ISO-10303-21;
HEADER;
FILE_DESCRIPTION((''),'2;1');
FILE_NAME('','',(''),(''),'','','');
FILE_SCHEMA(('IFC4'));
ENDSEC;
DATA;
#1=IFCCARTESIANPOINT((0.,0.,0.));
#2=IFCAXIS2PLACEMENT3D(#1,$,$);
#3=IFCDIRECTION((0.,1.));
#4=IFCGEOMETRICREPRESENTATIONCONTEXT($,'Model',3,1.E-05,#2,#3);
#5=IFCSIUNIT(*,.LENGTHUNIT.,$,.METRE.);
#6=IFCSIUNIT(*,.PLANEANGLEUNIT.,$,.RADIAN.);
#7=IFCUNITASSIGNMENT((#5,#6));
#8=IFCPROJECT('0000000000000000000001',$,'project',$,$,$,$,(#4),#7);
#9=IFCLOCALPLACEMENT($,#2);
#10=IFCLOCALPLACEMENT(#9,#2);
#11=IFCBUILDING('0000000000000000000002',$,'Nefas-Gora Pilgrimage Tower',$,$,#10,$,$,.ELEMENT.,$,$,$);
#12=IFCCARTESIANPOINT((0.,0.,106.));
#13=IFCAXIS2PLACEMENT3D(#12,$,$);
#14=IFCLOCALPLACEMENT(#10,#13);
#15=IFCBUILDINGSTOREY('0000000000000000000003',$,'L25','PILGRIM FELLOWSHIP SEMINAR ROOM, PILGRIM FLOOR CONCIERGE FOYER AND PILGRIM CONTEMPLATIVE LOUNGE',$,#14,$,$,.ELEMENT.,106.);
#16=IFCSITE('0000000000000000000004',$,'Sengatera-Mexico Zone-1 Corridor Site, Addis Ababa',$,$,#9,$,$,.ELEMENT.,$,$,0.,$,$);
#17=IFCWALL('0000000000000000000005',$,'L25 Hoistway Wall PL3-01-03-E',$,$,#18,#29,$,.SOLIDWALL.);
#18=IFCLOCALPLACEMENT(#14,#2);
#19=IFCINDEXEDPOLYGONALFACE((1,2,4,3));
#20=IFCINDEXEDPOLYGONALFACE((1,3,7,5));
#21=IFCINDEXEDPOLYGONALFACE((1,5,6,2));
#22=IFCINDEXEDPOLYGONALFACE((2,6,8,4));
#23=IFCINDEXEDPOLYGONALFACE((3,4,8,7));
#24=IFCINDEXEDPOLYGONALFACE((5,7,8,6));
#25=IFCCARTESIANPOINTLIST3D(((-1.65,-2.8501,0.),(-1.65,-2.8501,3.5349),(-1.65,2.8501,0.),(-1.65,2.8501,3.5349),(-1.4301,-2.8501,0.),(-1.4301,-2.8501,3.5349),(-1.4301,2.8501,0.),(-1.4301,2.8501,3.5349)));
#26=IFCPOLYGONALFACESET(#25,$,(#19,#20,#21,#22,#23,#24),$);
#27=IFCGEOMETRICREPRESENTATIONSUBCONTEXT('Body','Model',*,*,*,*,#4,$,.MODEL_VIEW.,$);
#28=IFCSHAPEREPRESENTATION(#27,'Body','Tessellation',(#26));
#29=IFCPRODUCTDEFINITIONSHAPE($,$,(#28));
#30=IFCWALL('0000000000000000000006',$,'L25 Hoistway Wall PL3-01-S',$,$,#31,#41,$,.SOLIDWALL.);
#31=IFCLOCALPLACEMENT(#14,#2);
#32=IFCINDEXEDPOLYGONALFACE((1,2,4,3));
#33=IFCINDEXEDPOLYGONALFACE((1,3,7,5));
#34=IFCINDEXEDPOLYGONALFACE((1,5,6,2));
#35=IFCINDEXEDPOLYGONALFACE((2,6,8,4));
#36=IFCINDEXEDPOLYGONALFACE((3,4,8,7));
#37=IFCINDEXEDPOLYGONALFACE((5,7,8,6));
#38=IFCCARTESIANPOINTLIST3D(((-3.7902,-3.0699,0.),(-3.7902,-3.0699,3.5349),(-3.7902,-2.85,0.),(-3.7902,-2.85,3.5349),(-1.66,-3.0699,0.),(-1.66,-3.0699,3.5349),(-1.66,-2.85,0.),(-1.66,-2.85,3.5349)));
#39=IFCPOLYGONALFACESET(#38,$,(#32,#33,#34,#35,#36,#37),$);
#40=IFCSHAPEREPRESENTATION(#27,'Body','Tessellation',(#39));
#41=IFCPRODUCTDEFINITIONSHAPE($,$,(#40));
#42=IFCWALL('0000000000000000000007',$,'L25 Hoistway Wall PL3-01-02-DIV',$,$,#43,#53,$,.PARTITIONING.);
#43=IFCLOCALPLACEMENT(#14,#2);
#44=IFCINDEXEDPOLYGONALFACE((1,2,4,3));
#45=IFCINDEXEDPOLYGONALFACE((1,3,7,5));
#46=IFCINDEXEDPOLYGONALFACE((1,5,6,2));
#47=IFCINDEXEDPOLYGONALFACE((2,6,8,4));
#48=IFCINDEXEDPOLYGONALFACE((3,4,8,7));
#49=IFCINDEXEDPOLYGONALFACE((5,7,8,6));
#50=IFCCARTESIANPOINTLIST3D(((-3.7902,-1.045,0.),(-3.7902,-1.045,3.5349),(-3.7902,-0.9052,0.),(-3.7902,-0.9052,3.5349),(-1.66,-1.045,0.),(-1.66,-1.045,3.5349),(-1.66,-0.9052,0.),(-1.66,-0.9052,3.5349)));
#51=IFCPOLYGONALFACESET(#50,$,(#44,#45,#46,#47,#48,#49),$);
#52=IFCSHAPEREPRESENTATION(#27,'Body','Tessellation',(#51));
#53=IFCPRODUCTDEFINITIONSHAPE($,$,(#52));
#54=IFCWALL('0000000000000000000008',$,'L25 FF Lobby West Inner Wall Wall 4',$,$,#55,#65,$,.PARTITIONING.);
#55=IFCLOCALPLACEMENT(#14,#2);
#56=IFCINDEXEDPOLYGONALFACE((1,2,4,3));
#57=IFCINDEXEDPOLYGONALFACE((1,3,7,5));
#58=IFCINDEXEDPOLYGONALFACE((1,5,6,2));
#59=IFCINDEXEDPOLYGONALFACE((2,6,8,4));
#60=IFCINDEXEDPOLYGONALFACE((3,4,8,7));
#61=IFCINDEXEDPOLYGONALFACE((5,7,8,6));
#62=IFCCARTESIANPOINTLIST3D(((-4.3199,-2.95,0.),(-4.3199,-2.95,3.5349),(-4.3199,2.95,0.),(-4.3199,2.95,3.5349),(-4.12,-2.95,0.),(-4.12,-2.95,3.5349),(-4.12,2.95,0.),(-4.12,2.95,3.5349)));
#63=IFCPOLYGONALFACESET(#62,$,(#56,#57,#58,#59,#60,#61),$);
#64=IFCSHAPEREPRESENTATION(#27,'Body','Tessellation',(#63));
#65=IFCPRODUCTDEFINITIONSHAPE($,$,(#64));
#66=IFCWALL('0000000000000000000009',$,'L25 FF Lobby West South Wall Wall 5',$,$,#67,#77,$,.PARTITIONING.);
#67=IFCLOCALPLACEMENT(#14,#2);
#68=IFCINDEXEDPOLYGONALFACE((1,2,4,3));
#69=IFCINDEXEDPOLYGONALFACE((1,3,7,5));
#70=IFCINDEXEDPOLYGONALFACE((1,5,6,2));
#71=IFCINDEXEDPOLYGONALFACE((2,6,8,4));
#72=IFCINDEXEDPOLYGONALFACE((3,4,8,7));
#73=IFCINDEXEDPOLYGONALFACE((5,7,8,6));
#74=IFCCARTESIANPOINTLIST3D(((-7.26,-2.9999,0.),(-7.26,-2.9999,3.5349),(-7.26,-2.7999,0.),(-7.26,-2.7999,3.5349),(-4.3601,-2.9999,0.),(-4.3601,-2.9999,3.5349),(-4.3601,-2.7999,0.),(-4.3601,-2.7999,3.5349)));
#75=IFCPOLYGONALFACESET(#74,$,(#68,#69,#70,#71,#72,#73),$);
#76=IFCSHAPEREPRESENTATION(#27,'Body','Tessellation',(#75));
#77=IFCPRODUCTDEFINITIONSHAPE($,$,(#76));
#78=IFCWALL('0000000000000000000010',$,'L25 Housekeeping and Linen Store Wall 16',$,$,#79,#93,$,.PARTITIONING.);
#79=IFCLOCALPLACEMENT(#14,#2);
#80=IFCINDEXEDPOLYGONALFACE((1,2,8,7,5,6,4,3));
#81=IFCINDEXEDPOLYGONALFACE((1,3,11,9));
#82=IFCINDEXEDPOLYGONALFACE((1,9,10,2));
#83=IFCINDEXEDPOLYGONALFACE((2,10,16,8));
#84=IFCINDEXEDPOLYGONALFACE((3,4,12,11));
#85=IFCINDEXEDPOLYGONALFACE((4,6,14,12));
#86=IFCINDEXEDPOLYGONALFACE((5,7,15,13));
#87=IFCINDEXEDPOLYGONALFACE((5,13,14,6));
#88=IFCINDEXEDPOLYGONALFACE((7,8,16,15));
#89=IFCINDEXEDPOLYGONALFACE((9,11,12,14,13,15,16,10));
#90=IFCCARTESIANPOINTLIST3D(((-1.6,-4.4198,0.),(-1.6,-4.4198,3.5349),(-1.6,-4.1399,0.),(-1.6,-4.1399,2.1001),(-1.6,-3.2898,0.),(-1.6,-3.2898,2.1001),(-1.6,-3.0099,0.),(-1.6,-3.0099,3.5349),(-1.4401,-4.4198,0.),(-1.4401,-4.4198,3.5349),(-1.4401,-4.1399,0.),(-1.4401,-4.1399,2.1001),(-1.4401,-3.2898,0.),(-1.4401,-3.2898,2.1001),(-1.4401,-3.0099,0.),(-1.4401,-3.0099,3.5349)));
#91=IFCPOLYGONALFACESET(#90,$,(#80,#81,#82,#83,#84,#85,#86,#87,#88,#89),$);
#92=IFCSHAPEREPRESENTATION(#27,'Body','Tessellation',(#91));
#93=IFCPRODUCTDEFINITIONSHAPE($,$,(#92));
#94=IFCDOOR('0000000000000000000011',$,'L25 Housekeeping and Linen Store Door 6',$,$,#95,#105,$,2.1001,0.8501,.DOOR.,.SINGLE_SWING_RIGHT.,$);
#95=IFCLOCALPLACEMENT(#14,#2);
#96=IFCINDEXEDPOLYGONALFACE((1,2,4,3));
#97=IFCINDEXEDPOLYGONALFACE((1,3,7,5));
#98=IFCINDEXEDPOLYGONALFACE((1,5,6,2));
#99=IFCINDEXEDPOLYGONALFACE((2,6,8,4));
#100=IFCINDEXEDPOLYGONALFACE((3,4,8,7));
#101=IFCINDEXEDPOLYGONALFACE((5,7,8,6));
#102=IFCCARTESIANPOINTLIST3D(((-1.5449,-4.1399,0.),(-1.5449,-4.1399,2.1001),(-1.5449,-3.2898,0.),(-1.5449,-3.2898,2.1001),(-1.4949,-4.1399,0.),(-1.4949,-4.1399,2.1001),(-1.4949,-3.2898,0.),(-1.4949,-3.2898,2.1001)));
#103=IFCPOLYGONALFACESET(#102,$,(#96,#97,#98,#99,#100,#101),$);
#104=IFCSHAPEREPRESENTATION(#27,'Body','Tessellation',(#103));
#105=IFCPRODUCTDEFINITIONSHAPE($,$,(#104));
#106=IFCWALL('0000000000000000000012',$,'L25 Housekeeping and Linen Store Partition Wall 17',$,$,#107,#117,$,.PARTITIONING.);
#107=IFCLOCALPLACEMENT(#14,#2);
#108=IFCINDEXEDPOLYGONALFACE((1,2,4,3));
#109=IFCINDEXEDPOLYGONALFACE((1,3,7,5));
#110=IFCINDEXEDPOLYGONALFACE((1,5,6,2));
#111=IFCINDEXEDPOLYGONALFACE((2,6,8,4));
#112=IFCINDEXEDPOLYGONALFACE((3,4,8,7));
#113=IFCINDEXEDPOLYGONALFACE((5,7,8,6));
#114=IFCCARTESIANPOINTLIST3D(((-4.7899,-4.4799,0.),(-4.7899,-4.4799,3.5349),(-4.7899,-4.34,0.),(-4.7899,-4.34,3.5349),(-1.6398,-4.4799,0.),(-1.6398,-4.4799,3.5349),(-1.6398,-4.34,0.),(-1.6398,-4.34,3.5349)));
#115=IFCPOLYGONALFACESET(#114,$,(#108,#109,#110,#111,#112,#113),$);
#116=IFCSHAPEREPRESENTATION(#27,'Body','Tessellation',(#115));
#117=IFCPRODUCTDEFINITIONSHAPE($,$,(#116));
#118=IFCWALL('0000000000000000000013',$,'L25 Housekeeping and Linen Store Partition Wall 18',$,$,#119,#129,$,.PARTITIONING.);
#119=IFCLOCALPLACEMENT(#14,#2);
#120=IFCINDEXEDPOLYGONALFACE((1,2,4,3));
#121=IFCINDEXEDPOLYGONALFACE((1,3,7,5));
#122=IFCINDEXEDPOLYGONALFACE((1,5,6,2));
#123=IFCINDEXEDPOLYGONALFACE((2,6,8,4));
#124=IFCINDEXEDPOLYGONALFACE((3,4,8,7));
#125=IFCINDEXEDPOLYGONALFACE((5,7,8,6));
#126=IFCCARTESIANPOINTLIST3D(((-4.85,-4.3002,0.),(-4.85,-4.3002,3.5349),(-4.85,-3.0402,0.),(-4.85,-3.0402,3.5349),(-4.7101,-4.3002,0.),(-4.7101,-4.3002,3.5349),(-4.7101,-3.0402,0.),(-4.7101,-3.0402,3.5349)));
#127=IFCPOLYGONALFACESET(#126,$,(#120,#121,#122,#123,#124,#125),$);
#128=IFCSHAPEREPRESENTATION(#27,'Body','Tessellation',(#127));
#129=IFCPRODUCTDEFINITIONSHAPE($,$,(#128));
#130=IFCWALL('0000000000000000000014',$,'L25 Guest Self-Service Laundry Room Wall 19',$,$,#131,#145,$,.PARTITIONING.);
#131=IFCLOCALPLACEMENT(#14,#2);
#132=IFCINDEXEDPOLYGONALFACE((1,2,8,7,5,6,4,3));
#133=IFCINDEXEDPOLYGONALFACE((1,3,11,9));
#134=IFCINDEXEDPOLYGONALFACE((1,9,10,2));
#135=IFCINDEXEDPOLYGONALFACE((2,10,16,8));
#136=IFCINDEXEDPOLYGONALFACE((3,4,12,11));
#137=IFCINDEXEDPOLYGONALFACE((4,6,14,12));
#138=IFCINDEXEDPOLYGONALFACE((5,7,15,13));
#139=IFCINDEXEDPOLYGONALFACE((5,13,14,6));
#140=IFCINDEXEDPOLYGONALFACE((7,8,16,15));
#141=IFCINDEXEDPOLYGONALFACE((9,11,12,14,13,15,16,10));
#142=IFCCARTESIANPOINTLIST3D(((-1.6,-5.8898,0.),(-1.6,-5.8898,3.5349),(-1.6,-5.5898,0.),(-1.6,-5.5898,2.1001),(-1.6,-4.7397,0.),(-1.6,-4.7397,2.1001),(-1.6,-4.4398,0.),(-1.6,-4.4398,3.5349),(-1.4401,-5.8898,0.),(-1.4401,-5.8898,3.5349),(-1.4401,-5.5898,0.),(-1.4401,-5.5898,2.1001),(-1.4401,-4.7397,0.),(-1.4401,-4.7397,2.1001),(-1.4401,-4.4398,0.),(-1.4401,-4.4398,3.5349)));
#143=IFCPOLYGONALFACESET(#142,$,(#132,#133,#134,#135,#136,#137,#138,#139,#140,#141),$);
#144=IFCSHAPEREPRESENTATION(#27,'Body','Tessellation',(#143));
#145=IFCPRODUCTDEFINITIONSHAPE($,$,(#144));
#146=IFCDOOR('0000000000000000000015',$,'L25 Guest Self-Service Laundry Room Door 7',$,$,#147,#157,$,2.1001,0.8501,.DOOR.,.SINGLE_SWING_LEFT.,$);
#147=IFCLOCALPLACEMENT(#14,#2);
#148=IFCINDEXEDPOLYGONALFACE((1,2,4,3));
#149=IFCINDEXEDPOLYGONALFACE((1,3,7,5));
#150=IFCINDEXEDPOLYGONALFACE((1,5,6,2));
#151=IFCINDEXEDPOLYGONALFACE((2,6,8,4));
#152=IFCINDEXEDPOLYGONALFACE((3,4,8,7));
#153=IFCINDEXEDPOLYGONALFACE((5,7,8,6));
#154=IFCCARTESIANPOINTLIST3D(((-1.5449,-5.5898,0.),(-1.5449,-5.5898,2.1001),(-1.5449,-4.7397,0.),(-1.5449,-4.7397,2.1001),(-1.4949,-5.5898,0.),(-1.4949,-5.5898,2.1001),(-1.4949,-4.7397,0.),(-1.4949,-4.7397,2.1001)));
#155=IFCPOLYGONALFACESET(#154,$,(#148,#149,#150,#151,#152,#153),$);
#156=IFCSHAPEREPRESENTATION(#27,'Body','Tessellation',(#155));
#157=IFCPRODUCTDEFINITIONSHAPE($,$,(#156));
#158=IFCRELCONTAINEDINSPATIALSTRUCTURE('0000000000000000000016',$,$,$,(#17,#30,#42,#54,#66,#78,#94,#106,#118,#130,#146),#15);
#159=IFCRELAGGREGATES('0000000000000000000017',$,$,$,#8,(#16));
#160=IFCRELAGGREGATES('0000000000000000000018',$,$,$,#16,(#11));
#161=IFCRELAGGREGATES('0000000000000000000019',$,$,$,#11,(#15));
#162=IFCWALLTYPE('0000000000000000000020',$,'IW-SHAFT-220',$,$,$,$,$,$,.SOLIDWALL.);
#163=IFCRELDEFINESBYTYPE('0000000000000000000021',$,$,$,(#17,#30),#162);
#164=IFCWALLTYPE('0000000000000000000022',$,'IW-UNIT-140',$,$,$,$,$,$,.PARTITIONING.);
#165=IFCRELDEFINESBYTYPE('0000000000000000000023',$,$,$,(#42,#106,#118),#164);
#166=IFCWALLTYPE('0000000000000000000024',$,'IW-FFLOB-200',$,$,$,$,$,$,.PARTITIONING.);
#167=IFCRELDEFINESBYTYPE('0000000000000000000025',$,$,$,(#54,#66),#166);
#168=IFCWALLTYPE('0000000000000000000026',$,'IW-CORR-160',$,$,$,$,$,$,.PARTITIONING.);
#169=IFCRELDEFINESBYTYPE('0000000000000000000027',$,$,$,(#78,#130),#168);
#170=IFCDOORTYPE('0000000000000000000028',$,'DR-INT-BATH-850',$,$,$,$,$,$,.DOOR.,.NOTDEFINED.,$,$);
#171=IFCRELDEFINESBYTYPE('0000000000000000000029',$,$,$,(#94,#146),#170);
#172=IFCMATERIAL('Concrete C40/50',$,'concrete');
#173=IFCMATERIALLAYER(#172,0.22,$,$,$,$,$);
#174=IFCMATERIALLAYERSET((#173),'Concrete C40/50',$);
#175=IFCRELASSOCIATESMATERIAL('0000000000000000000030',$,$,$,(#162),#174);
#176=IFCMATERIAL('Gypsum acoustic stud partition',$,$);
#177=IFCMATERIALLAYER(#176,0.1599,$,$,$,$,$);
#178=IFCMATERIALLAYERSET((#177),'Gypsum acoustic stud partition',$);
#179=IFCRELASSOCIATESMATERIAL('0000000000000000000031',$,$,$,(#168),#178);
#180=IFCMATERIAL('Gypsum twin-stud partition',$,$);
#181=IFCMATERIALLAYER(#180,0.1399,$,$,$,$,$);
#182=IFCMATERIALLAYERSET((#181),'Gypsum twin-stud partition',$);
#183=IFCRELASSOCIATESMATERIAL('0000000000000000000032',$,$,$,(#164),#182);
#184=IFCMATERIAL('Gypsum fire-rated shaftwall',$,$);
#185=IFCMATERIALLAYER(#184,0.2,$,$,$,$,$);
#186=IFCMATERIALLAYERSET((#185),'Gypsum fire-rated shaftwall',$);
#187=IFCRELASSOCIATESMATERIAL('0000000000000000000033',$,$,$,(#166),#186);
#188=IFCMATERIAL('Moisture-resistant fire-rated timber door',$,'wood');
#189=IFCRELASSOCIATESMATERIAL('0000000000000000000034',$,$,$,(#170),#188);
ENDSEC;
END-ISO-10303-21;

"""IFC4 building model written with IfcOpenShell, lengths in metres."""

from ifc_helpers import new_model, si_unit, direction, frame, frame_2d, origin, place, context, subcontext, project, spatial, rectangle, extrude, source, transform, mapped, material, layer, layer_set, type_object, element, fill, save


model = new_model("IFC4")

# Units and contexts
model_context = context("Model", 3, precision=1e-05, world=origin(), true_north=direction((0.0, 1.0)))
body_context = subcontext(model_context, "Body", "Model", "MODEL_VIEW")
ifc_project = project(units=[si_unit("LENGTHUNIT", "METRE"), si_unit("PLANEANGLEUNIT", "RADIAN")], contexts=[model_context])

# Site, building, storey
site_placement = place(None, origin())
site = spatial("IfcSite", under=ifc_project, at=site_placement, Name="Sengatera-Mexico Zone-1 Corridor Site, Addis Ababa", CompositionType="ELEMENT", RefElevation=0.0)
building_placement = place(site_placement, origin())
building = spatial("IfcBuilding", under=site, at=building_placement, Name="Nefas-Gora Pilgrimage Tower", CompositionType="ELEMENT")
storey_placement = place(building_placement, frame((0.0, 0.0, 106.0)))
storey = spatial("IfcBuildingStorey", under=building, at=storey_placement, Name="L25", Description="PILGRIM FELLOWSHIP SEMINAR ROOM, PILGRIM FLOOR CONCIERGE FOYER AND PILGRIM CONTEMPLATIVE LOUNGE", CompositionType="ELEMENT", Elevation=106.0)

# Walls
ifc_material_1 = material(Name="Concrete C40/50", Category="concrete")
ifc_layer_1 = layer(ifc_material_1, 0.22)
ifc_layer_set_1 = layer_set([ifc_layer_1], Name="Concrete C40/50")
wall_type_1 = type_object("IfcWallType", Name="IW-SHAFT-220", PredefinedType="SOLIDWALL", material=ifc_layer_set_1)
ifc_material_2 = material(Name="Gypsum acoustic stud partition")
ifc_layer_2 = layer(ifc_material_2, 0.1599)
ifc_layer_set_2 = layer_set([ifc_layer_2], Name="Gypsum acoustic stud partition")
wall_type_2 = type_object("IfcWallType", Name="IW-CORR-160", PredefinedType="PARTITIONING", material=ifc_layer_set_2)
ifc_material_3 = material(Name="Gypsum twin-stud partition")
ifc_layer_3 = layer(ifc_material_3, 0.1399)
ifc_layer_set_3 = layer_set([ifc_layer_3], Name="Gypsum twin-stud partition")
wall_type_3 = type_object("IfcWallType", Name="IW-UNIT-140", PredefinedType="PARTITIONING", material=ifc_layer_set_3)
shared_shape_1 = source(origin(), body_context, "Body", "SweptSolid", [
    extrude(rectangle(XDim=5.7002, YDim=0.22, at=frame_2d((2.8501, 0.0))), origin(), (0.0, 0.0, 1.0), 3.5349),
])
wall_1_placement = place(storey_placement, frame((-1.54, -2.8501, 0.0), z_axis=(0.0, 0.0, 1.0), x_axis=(0.0, 1.0, 0.0)))
element("IfcWall", 1, at=wall_1_placement, inside=storey, type_object=wall_type_1, Name="L25 Hoistway Wall PL3-01-03-E", PredefinedType="SOLIDWALL", context=body_context, shape_type="MappedRepresentation", body=[
    mapped(shared_shape_1, transform((0.0, 0.0, 0.0), x_axis=(1.0, 0.0, 0.0), y_axis=(0.0, 1.0, 0.0), z_axis=(0.0, 0.0, 1.0), scale=1.0)),
])
shared_shape_2 = source(origin(), body_context, "Body", "SweptSolid", [
    extrude(rectangle(XDim=2.1301, YDim=0.22, at=frame_2d((1.0649, 0.0))), origin(), (0.0, 0.0, 1.0), 3.5349),
])
wall_2_placement = place(storey_placement, frame((-3.79, -2.96, 0.0), z_axis=(0.0, 0.0, 1.0), x_axis=(1.0, 0.0, 0.0)))
element("IfcWall", 2, at=wall_2_placement, inside=storey, type_object=wall_type_1, Name="L25 Hoistway Wall PL3-01-S", PredefinedType="SOLIDWALL", context=body_context, shape_type="MappedRepresentation", body=[
    mapped(shared_shape_2, transform((0.0, 0.0, 0.0), x_axis=(1.0, 0.0, 0.0), y_axis=(0.0, 1.0, 0.0), z_axis=(0.0, 0.0, 1.0), scale=1.0)),
])
shared_shape_3 = source(origin(), body_context, "Body", "SweptSolid", [
    extrude(rectangle(XDim=2.1301, YDim=0.1399, at=frame_2d((1.0649, 0.0))), origin(), (0.0, 0.0, 1.0), 3.5349),
])
wall_3_placement = place(storey_placement, frame((-3.79, -0.9751, 0.0), z_axis=(0.0, 0.0, 1.0), x_axis=(1.0, 0.0, 0.0)))
element("IfcWall", 3, at=wall_3_placement, inside=storey, type_object=wall_type_3, Name="L25 Hoistway Wall PL3-01-02-DIV", PredefinedType="PARTITIONING", context=body_context, shape_type="MappedRepresentation", body=[
    mapped(shared_shape_3, transform((0.0, 0.0, 0.0), x_axis=(1.0, 0.0, 0.0), y_axis=(0.0, 1.0, 0.0), z_axis=(0.0, 0.0, 1.0), scale=1.0)),
])
ifc_material_4 = material(Name="Gypsum fire-rated shaftwall")
ifc_layer_4 = layer(ifc_material_4, 0.2)
ifc_layer_set_4 = layer_set([ifc_layer_4], Name="Gypsum fire-rated shaftwall")
wall_type_4 = type_object("IfcWallType", Name="IW-FFLOB-200", PredefinedType="PARTITIONING", material=ifc_layer_set_4)
shared_shape_4 = source(origin(), body_context, "Body", "SweptSolid", [
    extrude(rectangle(XDim=5.8999, YDim=0.2, at=frame_2d((2.95, 0.0))), origin(), (0.0, 0.0, 1.0), 3.5349),
])
wall_4_placement = place(storey_placement, frame((-4.22, -2.95, 0.0), z_axis=(0.0, 0.0, 1.0), x_axis=(0.0, 1.0, 0.0)))
element("IfcWall", 4, at=wall_4_placement, inside=storey, type_object=wall_type_4, Name="L25 FF Lobby West Inner Wall Wall 4", PredefinedType="PARTITIONING", context=body_context, shape_type="MappedRepresentation", body=[
    mapped(shared_shape_4, transform((0.0, 0.0, 0.0), x_axis=(1.0, 0.0, 0.0), y_axis=(0.0, 1.0, 0.0), z_axis=(0.0, 0.0, 1.0), scale=1.0)),
])
shared_shape_5 = source(origin(), body_context, "Body", "SweptSolid", [
    extrude(rectangle(XDim=2.8999, YDim=0.2, at=frame_2d((1.45, 0.0))), origin(), (0.0, 0.0, 1.0), 3.5349),
])
wall_5_placement = place(storey_placement, frame((-7.26, -2.8999, 0.0), z_axis=(0.0, 0.0, 1.0), x_axis=(1.0, 0.0, 0.0)))
element("IfcWall", 5, at=wall_5_placement, inside=storey, type_object=wall_type_4, Name="L25 FF Lobby West South Wall Wall 5", PredefinedType="PARTITIONING", context=body_context, shape_type="MappedRepresentation", body=[
    mapped(shared_shape_5, transform((0.0, 0.0, 0.0), x_axis=(1.0, 0.0, 0.0), y_axis=(0.0, 1.0, 0.0), z_axis=(0.0, 0.0, 1.0), scale=1.0)),
])

# Wall, opening, door
shared_shape_6 = source(origin(), body_context, "Body", "SweptSolid", [
    extrude(rectangle(XDim=1.4099, YDim=0.1599, at=frame_2d((0.7051, 0.0))), origin(), (0.0, 0.0, 1.0), 3.5349),
])
wall_6_placement = place(storey_placement, frame((-1.52, -4.4199, 0.0), z_axis=(0.0, 0.0, 1.0), x_axis=(0.0, 1.0, 0.0)))
wall_6 = element("IfcWall", 6, at=wall_6_placement, inside=storey, type_object=wall_type_2, Name="L25 Housekeeping and Linen Store Wall 16", PredefinedType="PARTITIONING", context=body_context, shape_type="MappedRepresentation", body=[
    mapped(shared_shape_6, transform((0.0, 0.0, 0.0), x_axis=(1.0, 0.0, 0.0), y_axis=(0.0, 1.0, 0.0), z_axis=(0.0, 0.0, 1.0), scale=1.0)),
])
opening_1_placement = place(wall_6_placement, frame((0.28, 0.0, 0.0)))
opening_1 = element("IfcOpeningElement", 7, at=opening_1_placement, cuts=wall_6, PredefinedType="OPENING", context=body_context, shape_type="SweptSolid", body=[
    extrude(rectangle(XDim=0.8501, YDim=2.1001, at=frame_2d((0.425, 1.05))), frame((0.0, 0.0898, 0.0), z_axis=(0.0, -1.0, 0.0), x_axis=(1.0, 0.0, 0.0)), (0.0, 0.0, 1.0), 0.1799),
])
ifc_material_5 = material(Name="Moisture-resistant fire-rated timber door", Category="wood")
door_type_1 = type_object("IfcDoorType", Name="DR-INT-BATH-850", OperationType="NOTDEFINED", PredefinedType="DOOR", material=ifc_material_5)
shared_shape_7 = source(origin(), body_context, "Body", "SweptSolid", [
    extrude(rectangle(XDim=0.8501, YDim=2.1001, at=frame_2d((0.425, 1.05))), frame((0.0, 0.0249, 0.0), z_axis=(0.0, -1.0, 0.0), x_axis=(1.0, 0.0, 0.0)), (0.0, 0.0, 1.0), 0.05),
])
door_1_placement = place(opening_1_placement, origin())
door_1 = element("IfcDoor", 8, at=door_1_placement, inside=storey, type_object=door_type_1, Name="L25 Housekeeping and Linen Store Door 6", OperationType="SINGLE_SWING_RIGHT", OverallHeight=2.1001, OverallWidth=0.8501, PredefinedType="DOOR", context=body_context, shape_type="MappedRepresentation", body=[
    mapped(shared_shape_7, transform((0.0, 0.0, 0.0), x_axis=(1.0, 0.0, 0.0), y_axis=(0.0, 1.0, 0.0), z_axis=(0.0, 0.0, 1.0), scale=1.0)),
])
fill(opening_1, door_1)

# Walls
shared_shape_8 = source(origin(), body_context, "Body", "SweptSolid", [
    extrude(rectangle(XDim=3.1501, YDim=0.1399, at=frame_2d((1.5752, 0.0))), origin(), (0.0, 0.0, 1.0), 3.5349),
])
wall_7_placement = place(storey_placement, frame((-4.79, -4.4099, 0.0), z_axis=(0.0, 0.0, 1.0), x_axis=(1.0, 0.0, 0.0)))
element("IfcWall", 9, at=wall_7_placement, inside=storey, type_object=wall_type_3, Name="L25 Housekeeping and Linen Store Partition Wall 17", PredefinedType="PARTITIONING", context=body_context, shape_type="MappedRepresentation", body=[
    mapped(shared_shape_8, transform((0.0, 0.0, 0.0), x_axis=(1.0, 0.0, 0.0), y_axis=(0.0, 1.0, 0.0), z_axis=(0.0, 0.0, 1.0), scale=1.0)),
])
shared_shape_9 = source(origin(), body_context, "Body", "SweptSolid", [
    extrude(rectangle(XDim=1.26, YDim=0.1399, at=frame_2d((0.6299, 0.0))), origin(), (0.0, 0.0, 1.0), 3.5349),
])
wall_8_placement = place(storey_placement, frame((-4.78, -4.3, 0.0), z_axis=(0.0, 0.0, 1.0), x_axis=(0.0, 1.0, 0.0)))
element("IfcWall", 10, at=wall_8_placement, inside=storey, type_object=wall_type_3, Name="L25 Housekeeping and Linen Store Partition Wall 18", PredefinedType="PARTITIONING", context=body_context, shape_type="MappedRepresentation", body=[
    mapped(shared_shape_9, transform((0.0, 0.0, 0.0), x_axis=(1.0, 0.0, 0.0), y_axis=(0.0, 1.0, 0.0), z_axis=(0.0, 0.0, 1.0), scale=1.0)),
])

# Wall, opening, door
shared_shape_10 = source(origin(), body_context, "Body", "SweptSolid", [
    extrude(rectangle(XDim=1.45, YDim=0.1599, at=frame_2d((0.7251, 0.0))), origin(), (0.0, 0.0, 1.0), 3.5349),
])
wall_9_placement = place(storey_placement, frame((-1.52, -5.8899, 0.0), z_axis=(0.0, 0.0, 1.0), x_axis=(0.0, 1.0, 0.0)))
wall_9 = element("IfcWall", 11, at=wall_9_placement, inside=storey, type_object=wall_type_2, Name="L25 Guest Self-Service Laundry Room Wall 19", PredefinedType="PARTITIONING", context=body_context, shape_type="MappedRepresentation", body=[
    mapped(shared_shape_10, transform((0.0, 0.0, 0.0), x_axis=(1.0, 0.0, 0.0), y_axis=(0.0, 1.0, 0.0), z_axis=(0.0, 0.0, 1.0), scale=1.0)),
])
opening_2_placement = place(wall_9_placement, frame((0.3, 0.0, 0.0)))
opening_2 = element("IfcOpeningElement", 12, at=opening_2_placement, cuts=wall_9, PredefinedType="OPENING", context=body_context, shape_type="SweptSolid", body=[
    extrude(rectangle(XDim=0.8501, YDim=2.1001, at=frame_2d((0.425, 1.05))), frame((0.0, 0.0898, 0.0), z_axis=(0.0, -1.0, 0.0), x_axis=(1.0, 0.0, 0.0)), (0.0, 0.0, 1.0), 0.1799),
])
door_2_placement = place(opening_2_placement, origin())
door_2 = element("IfcDoor", 13, at=door_2_placement, inside=storey, type_object=door_type_1, Name="L25 Guest Self-Service Laundry Room Door 7", OperationType="SINGLE_SWING_LEFT", OverallHeight=2.1001, OverallWidth=0.8501, PredefinedType="DOOR", context=body_context, shape_type="MappedRepresentation", body=[
    mapped(shared_shape_7, transform((0.0, 0.0, 0.0), x_axis=(1.0, 0.0, 0.0), y_axis=(0.0, 1.0, 0.0), z_axis=(0.0, 0.0, 1.0), scale=1.0)),
])
fill(opening_2, door_2)

save(model, "model.ifc")
